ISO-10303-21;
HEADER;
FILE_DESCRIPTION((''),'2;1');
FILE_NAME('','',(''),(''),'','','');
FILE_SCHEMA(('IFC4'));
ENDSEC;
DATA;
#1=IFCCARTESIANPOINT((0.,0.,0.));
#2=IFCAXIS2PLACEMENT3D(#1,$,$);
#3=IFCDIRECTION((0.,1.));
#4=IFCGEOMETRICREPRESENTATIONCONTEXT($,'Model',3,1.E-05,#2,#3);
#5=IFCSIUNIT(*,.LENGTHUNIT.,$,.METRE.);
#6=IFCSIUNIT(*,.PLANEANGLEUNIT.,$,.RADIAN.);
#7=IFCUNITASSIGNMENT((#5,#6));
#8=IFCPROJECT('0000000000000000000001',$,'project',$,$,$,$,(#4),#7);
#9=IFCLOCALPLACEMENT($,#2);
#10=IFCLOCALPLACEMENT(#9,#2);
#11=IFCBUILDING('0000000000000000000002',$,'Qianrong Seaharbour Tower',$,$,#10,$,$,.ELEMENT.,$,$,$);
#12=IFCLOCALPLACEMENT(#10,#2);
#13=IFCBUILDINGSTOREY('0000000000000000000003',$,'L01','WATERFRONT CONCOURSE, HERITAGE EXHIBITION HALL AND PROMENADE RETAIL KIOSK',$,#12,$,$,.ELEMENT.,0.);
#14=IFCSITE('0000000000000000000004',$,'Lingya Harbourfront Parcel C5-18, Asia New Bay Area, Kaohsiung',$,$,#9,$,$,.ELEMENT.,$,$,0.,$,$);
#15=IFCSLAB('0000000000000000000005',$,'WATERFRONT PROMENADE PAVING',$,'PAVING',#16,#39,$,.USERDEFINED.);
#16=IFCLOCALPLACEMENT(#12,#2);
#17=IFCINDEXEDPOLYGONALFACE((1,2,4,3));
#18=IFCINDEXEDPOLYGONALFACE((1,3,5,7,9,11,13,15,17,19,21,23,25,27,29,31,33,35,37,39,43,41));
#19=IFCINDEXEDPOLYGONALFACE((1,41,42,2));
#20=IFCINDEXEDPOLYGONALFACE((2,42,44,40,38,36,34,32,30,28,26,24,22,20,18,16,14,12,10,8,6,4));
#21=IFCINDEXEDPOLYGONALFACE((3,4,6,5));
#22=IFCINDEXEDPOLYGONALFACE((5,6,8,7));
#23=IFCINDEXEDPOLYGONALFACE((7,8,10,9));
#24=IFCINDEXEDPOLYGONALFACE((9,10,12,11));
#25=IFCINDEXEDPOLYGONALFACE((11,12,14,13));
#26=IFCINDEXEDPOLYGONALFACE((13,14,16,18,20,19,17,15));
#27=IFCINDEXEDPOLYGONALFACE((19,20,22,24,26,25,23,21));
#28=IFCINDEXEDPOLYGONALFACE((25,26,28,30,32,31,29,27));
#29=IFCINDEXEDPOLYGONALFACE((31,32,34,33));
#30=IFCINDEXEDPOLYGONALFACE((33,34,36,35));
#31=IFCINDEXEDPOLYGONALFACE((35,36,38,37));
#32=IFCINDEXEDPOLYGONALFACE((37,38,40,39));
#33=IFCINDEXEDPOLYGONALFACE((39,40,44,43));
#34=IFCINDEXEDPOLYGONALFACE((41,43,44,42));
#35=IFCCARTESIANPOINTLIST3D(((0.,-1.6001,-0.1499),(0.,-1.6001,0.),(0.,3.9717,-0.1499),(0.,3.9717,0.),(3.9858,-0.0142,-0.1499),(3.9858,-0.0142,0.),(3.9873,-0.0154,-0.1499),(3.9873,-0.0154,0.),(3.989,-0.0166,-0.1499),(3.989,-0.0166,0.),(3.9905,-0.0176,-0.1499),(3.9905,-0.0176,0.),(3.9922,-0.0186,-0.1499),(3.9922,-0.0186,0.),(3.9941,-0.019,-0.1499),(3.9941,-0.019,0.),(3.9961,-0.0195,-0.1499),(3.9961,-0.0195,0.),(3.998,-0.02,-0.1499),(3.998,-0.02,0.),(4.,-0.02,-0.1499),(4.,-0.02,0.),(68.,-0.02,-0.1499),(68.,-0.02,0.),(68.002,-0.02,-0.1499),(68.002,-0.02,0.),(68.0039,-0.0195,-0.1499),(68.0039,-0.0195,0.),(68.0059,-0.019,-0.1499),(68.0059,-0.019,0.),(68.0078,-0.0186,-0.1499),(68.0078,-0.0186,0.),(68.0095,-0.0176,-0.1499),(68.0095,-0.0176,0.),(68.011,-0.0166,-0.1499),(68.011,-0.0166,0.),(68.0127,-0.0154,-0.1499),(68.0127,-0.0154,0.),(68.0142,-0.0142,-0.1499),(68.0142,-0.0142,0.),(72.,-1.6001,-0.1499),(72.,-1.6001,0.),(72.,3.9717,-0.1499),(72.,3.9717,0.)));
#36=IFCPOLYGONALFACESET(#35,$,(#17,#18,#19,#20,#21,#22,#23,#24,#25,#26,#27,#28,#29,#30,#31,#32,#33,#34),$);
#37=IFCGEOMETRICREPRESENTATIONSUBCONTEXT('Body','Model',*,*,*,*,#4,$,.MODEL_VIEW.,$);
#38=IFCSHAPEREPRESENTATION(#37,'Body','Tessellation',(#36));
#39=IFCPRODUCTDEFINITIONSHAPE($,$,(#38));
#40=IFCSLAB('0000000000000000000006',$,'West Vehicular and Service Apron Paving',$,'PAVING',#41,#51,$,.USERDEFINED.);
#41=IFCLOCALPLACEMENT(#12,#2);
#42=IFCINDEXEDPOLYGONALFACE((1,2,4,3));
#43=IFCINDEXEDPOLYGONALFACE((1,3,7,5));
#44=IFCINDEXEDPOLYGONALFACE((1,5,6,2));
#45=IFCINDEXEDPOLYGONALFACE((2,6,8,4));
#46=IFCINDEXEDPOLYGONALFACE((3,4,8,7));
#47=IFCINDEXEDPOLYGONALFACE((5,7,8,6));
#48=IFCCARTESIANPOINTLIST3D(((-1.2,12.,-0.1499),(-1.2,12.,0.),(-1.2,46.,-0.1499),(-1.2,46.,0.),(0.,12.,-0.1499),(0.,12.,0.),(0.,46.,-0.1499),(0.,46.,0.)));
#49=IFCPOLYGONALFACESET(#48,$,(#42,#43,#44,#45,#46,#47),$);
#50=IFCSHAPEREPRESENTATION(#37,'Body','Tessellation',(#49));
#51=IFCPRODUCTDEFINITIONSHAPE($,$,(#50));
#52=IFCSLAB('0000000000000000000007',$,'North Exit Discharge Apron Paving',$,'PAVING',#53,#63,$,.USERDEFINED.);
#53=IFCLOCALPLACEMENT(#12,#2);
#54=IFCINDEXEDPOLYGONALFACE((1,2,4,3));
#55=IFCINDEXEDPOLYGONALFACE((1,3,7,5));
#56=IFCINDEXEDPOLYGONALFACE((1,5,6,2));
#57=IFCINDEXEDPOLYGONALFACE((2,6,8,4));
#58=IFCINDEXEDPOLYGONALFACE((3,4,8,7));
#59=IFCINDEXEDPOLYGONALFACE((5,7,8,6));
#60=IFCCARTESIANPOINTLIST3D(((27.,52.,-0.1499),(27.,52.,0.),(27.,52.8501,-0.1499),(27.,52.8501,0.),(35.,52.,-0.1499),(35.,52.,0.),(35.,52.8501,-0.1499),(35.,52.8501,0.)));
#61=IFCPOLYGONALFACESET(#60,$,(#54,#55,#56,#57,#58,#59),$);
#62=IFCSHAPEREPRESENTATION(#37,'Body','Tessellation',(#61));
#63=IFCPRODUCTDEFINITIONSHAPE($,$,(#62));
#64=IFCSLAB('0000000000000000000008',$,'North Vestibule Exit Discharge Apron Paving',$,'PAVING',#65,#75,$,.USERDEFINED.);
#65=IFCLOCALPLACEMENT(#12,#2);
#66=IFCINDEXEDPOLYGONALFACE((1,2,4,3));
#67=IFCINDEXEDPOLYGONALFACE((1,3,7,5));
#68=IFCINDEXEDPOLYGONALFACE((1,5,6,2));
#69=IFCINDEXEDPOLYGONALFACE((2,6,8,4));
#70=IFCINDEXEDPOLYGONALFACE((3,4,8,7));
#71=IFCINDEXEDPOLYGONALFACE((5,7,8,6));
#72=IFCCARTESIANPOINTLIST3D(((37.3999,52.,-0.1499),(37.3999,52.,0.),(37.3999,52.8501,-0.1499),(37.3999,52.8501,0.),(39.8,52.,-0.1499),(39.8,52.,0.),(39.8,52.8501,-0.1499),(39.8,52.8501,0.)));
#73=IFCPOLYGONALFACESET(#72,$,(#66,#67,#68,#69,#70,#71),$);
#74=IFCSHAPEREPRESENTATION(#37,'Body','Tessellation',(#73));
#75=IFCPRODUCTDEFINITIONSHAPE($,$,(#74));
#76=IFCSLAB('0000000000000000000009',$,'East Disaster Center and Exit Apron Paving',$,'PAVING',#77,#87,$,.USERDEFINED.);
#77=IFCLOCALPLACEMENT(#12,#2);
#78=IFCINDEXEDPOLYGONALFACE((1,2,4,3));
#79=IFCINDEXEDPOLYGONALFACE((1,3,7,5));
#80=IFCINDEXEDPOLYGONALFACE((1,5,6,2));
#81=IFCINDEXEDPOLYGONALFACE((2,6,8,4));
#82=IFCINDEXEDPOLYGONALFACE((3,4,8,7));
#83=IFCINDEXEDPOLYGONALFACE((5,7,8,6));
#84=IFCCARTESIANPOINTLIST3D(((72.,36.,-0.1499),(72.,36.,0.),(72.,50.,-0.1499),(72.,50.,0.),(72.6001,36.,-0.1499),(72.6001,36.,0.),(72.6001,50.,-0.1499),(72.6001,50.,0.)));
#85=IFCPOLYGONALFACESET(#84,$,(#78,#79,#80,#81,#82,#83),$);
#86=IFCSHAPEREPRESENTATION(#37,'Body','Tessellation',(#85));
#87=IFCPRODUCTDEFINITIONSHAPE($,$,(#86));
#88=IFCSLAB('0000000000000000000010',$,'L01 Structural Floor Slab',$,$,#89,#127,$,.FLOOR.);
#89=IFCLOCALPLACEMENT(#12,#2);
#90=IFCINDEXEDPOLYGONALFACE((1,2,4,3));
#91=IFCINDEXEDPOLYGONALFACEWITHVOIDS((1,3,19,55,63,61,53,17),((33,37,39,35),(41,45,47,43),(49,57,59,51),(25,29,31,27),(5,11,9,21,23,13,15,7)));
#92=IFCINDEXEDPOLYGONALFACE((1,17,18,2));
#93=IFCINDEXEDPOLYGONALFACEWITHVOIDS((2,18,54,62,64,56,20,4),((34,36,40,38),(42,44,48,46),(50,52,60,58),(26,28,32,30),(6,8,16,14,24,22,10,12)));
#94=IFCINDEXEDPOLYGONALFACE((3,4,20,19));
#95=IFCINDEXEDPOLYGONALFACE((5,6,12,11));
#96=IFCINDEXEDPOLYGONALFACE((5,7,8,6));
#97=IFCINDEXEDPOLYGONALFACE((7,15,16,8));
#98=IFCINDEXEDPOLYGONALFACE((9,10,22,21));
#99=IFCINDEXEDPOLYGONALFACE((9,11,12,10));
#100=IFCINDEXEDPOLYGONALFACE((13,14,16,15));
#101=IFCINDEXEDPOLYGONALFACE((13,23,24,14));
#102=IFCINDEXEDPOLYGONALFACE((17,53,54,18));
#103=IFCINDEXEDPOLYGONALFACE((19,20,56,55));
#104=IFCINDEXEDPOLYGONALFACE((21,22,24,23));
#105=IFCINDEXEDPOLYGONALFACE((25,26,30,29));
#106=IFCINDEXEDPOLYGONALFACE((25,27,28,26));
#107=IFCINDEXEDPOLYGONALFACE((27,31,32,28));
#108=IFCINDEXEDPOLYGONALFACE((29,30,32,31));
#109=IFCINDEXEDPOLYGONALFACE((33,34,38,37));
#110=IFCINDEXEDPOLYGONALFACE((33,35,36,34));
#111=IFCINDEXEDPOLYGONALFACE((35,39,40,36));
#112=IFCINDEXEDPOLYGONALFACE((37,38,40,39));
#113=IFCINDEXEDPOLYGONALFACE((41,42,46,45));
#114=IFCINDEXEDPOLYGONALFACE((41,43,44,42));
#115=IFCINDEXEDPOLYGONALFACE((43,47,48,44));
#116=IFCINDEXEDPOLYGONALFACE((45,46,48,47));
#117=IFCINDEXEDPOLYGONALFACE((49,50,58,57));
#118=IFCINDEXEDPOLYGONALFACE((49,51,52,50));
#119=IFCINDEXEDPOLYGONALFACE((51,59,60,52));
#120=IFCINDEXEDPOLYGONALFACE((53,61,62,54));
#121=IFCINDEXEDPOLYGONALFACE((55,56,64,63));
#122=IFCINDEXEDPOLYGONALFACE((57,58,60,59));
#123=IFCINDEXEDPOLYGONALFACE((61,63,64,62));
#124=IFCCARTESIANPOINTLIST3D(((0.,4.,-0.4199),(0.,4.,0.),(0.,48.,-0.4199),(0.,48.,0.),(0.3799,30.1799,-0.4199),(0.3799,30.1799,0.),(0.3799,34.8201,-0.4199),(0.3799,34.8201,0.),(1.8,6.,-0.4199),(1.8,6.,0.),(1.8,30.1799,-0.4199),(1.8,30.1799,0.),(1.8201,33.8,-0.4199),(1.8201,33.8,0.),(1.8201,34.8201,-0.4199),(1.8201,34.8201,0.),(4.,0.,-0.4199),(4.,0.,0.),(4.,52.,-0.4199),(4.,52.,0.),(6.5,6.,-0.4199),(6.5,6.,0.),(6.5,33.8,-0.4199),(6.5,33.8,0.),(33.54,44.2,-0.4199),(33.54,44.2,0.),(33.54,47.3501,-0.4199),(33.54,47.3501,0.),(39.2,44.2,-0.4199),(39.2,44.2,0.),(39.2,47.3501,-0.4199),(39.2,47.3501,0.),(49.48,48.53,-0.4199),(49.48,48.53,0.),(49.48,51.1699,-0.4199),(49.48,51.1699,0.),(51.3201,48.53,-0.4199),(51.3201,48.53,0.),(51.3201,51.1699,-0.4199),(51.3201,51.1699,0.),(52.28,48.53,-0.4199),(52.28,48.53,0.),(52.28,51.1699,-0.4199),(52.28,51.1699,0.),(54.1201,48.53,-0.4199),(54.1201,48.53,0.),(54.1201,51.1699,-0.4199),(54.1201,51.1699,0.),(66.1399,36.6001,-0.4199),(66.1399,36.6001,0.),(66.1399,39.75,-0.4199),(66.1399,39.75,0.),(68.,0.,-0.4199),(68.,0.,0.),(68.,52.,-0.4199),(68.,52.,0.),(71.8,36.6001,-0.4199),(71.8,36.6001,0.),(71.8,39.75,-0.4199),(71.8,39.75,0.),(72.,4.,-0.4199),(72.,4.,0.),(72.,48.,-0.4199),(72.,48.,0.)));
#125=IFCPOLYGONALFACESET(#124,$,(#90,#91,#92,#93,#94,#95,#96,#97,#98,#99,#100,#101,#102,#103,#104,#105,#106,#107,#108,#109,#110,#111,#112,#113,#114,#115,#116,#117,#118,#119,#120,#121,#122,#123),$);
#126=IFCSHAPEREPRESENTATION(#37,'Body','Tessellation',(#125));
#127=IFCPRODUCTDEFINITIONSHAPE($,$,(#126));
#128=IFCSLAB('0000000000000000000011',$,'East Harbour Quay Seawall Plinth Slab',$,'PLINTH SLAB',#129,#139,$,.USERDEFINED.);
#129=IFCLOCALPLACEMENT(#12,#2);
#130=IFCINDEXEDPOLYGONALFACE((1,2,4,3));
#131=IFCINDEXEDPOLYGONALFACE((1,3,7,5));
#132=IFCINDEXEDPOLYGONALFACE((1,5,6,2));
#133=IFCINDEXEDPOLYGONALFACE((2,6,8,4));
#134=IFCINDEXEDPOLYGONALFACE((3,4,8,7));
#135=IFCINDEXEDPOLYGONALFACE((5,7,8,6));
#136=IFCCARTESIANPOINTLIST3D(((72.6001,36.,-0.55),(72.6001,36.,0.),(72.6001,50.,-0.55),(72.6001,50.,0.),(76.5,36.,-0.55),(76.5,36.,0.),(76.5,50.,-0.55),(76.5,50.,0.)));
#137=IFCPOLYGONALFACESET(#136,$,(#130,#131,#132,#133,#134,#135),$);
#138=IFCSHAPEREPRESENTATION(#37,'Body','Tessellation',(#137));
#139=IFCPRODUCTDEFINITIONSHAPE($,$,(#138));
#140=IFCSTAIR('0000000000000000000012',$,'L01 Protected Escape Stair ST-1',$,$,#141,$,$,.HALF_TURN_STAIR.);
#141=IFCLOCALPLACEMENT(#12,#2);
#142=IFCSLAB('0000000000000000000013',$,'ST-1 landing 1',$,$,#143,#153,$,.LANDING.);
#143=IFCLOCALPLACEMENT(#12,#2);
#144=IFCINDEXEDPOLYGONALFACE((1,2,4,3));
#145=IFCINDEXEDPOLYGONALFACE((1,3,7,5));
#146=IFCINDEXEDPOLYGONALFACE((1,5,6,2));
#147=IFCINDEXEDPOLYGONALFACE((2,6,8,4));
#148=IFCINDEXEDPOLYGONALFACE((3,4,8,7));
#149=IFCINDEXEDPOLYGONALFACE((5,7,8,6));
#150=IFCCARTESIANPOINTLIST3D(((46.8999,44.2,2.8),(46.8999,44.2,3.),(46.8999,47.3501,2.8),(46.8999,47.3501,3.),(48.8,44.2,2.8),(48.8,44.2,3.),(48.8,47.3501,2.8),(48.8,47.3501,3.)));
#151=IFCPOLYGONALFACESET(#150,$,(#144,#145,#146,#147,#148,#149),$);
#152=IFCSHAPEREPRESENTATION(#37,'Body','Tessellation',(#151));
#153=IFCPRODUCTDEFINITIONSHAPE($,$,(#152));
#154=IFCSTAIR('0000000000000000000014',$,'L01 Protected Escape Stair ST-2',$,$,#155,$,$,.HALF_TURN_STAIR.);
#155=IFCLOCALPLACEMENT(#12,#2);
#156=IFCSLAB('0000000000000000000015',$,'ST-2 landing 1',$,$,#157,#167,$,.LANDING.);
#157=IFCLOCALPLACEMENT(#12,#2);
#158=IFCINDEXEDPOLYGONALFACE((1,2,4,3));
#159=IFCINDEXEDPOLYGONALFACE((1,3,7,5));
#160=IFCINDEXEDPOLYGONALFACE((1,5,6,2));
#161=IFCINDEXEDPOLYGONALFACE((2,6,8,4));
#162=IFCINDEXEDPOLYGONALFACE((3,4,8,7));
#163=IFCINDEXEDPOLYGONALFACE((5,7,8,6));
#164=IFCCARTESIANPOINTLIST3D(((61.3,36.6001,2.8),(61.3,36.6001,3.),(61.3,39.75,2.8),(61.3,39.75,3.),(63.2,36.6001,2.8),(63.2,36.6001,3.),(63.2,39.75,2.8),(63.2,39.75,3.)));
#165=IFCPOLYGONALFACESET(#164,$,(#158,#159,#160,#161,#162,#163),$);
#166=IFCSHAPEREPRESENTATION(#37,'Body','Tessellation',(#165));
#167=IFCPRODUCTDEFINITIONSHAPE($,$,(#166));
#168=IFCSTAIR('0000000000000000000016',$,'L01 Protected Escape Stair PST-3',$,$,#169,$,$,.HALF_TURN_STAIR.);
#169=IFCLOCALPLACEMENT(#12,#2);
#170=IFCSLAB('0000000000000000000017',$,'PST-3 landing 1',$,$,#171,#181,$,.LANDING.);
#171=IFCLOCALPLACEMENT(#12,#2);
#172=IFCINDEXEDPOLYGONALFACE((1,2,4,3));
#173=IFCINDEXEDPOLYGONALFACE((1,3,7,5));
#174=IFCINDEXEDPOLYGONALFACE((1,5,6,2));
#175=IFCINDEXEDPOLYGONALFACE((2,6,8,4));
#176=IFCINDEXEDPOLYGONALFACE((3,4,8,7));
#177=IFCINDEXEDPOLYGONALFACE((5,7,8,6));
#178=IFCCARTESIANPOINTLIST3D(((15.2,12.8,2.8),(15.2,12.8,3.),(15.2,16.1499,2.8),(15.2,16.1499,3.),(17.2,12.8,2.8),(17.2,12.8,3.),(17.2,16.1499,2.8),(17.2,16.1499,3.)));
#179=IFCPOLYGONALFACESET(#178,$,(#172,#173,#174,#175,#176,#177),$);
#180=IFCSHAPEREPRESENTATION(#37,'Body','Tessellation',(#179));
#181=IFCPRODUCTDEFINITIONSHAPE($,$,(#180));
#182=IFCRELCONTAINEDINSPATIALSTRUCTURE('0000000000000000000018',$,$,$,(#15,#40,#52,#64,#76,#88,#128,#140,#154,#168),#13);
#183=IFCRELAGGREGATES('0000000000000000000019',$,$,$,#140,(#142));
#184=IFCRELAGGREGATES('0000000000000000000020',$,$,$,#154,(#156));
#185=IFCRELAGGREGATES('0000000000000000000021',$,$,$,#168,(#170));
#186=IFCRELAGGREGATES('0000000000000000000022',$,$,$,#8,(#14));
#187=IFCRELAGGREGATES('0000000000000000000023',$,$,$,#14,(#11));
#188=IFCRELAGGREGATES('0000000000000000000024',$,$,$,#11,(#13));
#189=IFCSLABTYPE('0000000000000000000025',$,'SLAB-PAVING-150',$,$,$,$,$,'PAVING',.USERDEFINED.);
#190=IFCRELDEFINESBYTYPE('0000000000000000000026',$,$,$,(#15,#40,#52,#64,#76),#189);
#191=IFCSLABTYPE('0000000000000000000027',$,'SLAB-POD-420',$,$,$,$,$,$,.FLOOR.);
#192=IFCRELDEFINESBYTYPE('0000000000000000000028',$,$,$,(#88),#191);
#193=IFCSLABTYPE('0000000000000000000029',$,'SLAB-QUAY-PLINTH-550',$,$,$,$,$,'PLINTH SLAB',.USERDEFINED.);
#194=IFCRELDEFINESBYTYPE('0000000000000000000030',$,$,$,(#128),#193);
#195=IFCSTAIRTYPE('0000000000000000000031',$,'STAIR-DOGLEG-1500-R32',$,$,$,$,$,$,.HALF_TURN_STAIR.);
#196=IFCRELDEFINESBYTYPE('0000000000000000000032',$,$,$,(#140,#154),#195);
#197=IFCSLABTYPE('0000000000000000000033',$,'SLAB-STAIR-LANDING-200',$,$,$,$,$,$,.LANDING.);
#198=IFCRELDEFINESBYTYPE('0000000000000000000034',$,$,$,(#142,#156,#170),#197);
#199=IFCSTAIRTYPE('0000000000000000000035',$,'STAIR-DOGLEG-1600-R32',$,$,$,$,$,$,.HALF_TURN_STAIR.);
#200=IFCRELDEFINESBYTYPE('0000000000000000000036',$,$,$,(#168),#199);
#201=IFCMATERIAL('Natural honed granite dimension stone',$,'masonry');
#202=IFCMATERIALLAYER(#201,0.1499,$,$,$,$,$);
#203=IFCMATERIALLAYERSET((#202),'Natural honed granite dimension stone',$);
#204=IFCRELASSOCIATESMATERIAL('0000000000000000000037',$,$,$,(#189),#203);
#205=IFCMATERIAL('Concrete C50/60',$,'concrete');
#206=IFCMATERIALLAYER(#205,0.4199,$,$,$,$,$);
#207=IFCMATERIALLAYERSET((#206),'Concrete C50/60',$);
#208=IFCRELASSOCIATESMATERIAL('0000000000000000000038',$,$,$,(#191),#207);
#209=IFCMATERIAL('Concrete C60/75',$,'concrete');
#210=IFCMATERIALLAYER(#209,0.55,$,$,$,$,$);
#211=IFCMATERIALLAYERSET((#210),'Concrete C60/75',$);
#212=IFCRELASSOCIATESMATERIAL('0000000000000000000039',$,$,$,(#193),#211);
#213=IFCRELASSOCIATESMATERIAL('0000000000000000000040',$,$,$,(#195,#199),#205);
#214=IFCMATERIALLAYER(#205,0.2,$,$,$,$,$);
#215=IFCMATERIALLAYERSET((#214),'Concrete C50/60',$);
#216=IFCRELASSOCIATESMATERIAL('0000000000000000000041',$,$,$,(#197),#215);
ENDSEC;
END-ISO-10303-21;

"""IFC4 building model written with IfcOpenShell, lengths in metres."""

from ifc_helpers import new_model, si_unit, direction, frame, origin, place, context, subcontext, project, spatial, polyline, outline, extrude, material, layer, layer_set, type_object, element, aggregate, save


model = new_model("IFC4")

# Units and contexts
model_context = context("Model", 3, precision=1e-05, world=origin(), true_north=direction((0.0, 1.0)))
body_context = subcontext(model_context, "Body", "Model", "MODEL_VIEW")
ifc_project = project(units=[si_unit("LENGTHUNIT", "METRE"), si_unit("PLANEANGLEUNIT", "RADIAN")], contexts=[model_context])

# Site, building, storey
site_placement = place(None, origin())
site = spatial("IfcSite", under=ifc_project, at=site_placement, Name="Lingya Harbourfront Parcel C5-18, Asia New Bay Area, Kaohsiung", CompositionType="ELEMENT", RefElevation=0.0)
building_placement = place(site_placement, origin())
building = spatial("IfcBuilding", under=site, at=building_placement, Name="Qianrong Seaharbour Tower", CompositionType="ELEMENT")
storey_placement = place(building_placement, origin())
storey = spatial("IfcBuildingStorey", under=building, at=storey_placement, Name="L01", Description="WATERFRONT CONCOURSE, HERITAGE EXHIBITION HALL AND PROMENADE RETAIL KIOSK", CompositionType="ELEMENT", Elevation=0.0)

# Slabs
ifc_material_1 = material(Name="Natural honed granite dimension stone", Category="masonry")
ifc_layer_1 = layer(ifc_material_1, 0.1499)
ifc_layer_set_1 = layer_set([ifc_layer_1], Name="Natural honed granite dimension stone")
slab_type_1 = type_object("IfcSlabType", Name="SLAB-PAVING-150", ElementType="PAVING", PredefinedType="USERDEFINED", material=ifc_layer_set_1)
slab_1_placement = place(storey_placement, frame((0.0, 0.0, -0.1499)))
element("IfcSlab", 1, at=slab_1_placement, inside=storey, type_object=slab_type_1, Name="WATERFRONT PROMENADE PAVING", ObjectType="PAVING", PredefinedType="USERDEFINED", context=body_context, shape_type="SweptSolid", body=[
    extrude(outline(polyline([(72.0, -1.6001), (0.0, -1.6001), (0.0, 3.9717), (3.9858, -0.0142), (3.9873, -0.0154), (3.989, -0.0166), (3.9905, -0.0176), (3.9922, -0.0186), (3.9941, -0.019), (3.9961, -0.0195), (3.998, -0.02), (4.0, -0.02), (68.0, -0.02), (68.002, -0.02), (68.0039, -0.0195), (68.0059, -0.019), (68.0078, -0.0186), (68.0095, -0.0176), (68.011, -0.0166), (68.0127, -0.0154), (68.0142, -0.0142), (72.0, 3.9717), (72.0, -1.6001)])), origin(), (0.0, 0.0, 1.0), 0.1499),
])
slab_2_placement = place(storey_placement, frame((0.0, 0.0, -0.1499)))
element("IfcSlab", 2, at=slab_2_placement, inside=storey, type_object=slab_type_1, Name="West Vehicular and Service Apron Paving", ObjectType="PAVING", PredefinedType="USERDEFINED", context=body_context, shape_type="SweptSolid", body=[
    extrude(outline(polyline([(-1.2, 12.0), (0.0, 12.0), (0.0, 46.0), (-1.2, 46.0), (-1.2, 12.0)])), origin(), (0.0, 0.0, 1.0), 0.1499),
])
slab_3_placement = place(storey_placement, frame((0.0, 0.0, -0.1499)))
element("IfcSlab", 3, at=slab_3_placement, inside=storey, type_object=slab_type_1, Name="North Exit Discharge Apron Paving", ObjectType="PAVING", PredefinedType="USERDEFINED", context=body_context, shape_type="SweptSolid", body=[
    extrude(outline(polyline([(27.0, 52.0), (35.0, 52.0), (35.0, 52.8501), (27.0, 52.8501), (27.0, 52.0)])), origin(), (0.0, 0.0, 1.0), 0.1499),
])
slab_4_placement = place(storey_placement, frame((0.0, 0.0, -0.1499)))
element("IfcSlab", 4, at=slab_4_placement, inside=storey, type_object=slab_type_1, Name="North Vestibule Exit Discharge Apron Paving", ObjectType="PAVING", PredefinedType="USERDEFINED", context=body_context, shape_type="SweptSolid", body=[
    extrude(outline(polyline([(37.3999, 52.0), (39.8, 52.0), (39.8, 52.8501), (37.3999, 52.8501), (37.3999, 52.0)])), origin(), (0.0, 0.0, 1.0), 0.1499),
])
slab_5_placement = place(storey_placement, frame((0.0, 0.0, -0.1499)))
element("IfcSlab", 5, at=slab_5_placement, inside=storey, type_object=slab_type_1, Name="East Disaster Center and Exit Apron Paving", ObjectType="PAVING", PredefinedType="USERDEFINED", context=body_context, shape_type="SweptSolid", body=[
    extrude(outline(polyline([(72.0, 36.0), (72.6001, 36.0), (72.6001, 50.0), (72.0, 50.0), (72.0, 36.0)])), origin(), (0.0, 0.0, 1.0), 0.1499),
])
ifc_material_2 = material(Name="Concrete C50/60", Category="concrete")
ifc_layer_2 = layer(ifc_material_2, 0.4199)
ifc_layer_set_2 = layer_set([ifc_layer_2], Name="Concrete C50/60")
slab_type_2 = type_object("IfcSlabType", Name="SLAB-POD-420", PredefinedType="FLOOR", material=ifc_layer_set_2)
slab_6_placement = place(storey_placement, frame((0.0, 0.0, -0.4199)))
element("IfcSlab", 6, at=slab_6_placement, inside=storey, type_object=slab_type_2, Name="L01 Structural Floor Slab", PredefinedType="FLOOR", context=body_context, shape_type="SweptSolid", body=[
    extrude(outline(polyline([(4.0, 0.0), (68.0, 0.0), (72.0, 4.0), (72.0, 48.0), (68.0, 52.0), (4.0, 52.0), (0.0, 48.0), (0.0, 4.0), (4.0, 0.0)]), holes=[polyline([(33.54, 44.2), (33.54, 47.3501), (39.2, 47.3501), (39.2, 44.2), (33.54, 44.2)]), polyline([(66.1399, 36.6001), (66.1399, 39.75), (71.8, 39.75), (71.8, 36.6001), (66.1399, 36.6001)]), polyline([(49.48, 48.53), (49.48, 51.1699), (51.3201, 51.1699), (51.3201, 48.53), (49.48, 48.53)]), polyline([(52.28, 48.53), (52.28, 51.1699), (54.1201, 51.1699), (54.1201, 48.53), (52.28, 48.53)]), polyline([(0.3799, 30.1799), (1.8, 30.1799), (1.8, 6.0), (6.5, 6.0), (6.5, 33.8), (1.8201, 33.8), (1.8201, 34.8201), (0.3799, 34.8201), (0.3799, 30.1799)])]), origin(), (0.0, 0.0, 1.0), 0.4199),
])
ifc_material_3 = material(Name="Concrete C60/75", Category="concrete")
ifc_layer_3 = layer(ifc_material_3, 0.55)
ifc_layer_set_3 = layer_set([ifc_layer_3], Name="Concrete C60/75")
slab_type_3 = type_object("IfcSlabType", Name="SLAB-QUAY-PLINTH-550", ElementType="PLINTH SLAB", PredefinedType="USERDEFINED", material=ifc_layer_set_3)
slab_7_placement = place(storey_placement, frame((0.0, 0.0, -0.55)))
element("IfcSlab", 7, at=slab_7_placement, inside=storey, type_object=slab_type_3, Name="East Harbour Quay Seawall Plinth Slab", ObjectType="PLINTH SLAB", PredefinedType="USERDEFINED", context=body_context, shape_type="SweptSolid", body=[
    extrude(outline(polyline([(72.6001, 36.0), (76.5, 36.0), (76.5, 50.0), (72.6001, 50.0), (72.6001, 36.0)])), origin(), (0.0, 0.0, 1.0), 0.55),
])

# Stairs, slabs
stair_type_1 = type_object("IfcStairType", Name="STAIR-DOGLEG-1500-R32", PredefinedType="HALF_TURN_STAIR", material=ifc_material_2)
stair_1_placement = place(storey_placement, origin())
stair_1 = element("IfcStair", 8, at=stair_1_placement, inside=storey, type_object=stair_type_1, Name="L01 Protected Escape Stair ST-1", PredefinedType="HALF_TURN_STAIR")
ifc_layer_4 = layer(ifc_material_2, 0.2)
ifc_layer_set_4 = layer_set([ifc_layer_4], Name="Concrete C50/60")
slab_type_4 = type_object("IfcSlabType", Name="SLAB-STAIR-LANDING-200", PredefinedType="LANDING", material=ifc_layer_set_4)
slab_8_placement = place(storey_placement, frame((0.0, 0.0, 2.8)))
slab_8 = element("IfcSlab", 9, at=slab_8_placement, type_object=slab_type_4, Name="ST-1 landing 1", PredefinedType="LANDING", context=body_context, shape_type="SweptSolid", body=[
    extrude(outline(polyline([(46.8999, 44.2), (48.8, 44.2), (48.8, 47.3501), (46.8999, 47.3501), (46.8999, 44.2)])), origin(), (0.0, 0.0, 1.0), 0.2),
])
aggregate(stair_1, [slab_8])
stair_2_placement = place(storey_placement, origin())
stair_2 = element("IfcStair", 10, at=stair_2_placement, inside=storey, type_object=stair_type_1, Name="L01 Protected Escape Stair ST-2", PredefinedType="HALF_TURN_STAIR")
slab_9_placement = place(storey_placement, frame((0.0, 0.0, 2.8)))
slab_9 = element("IfcSlab", 11, at=slab_9_placement, type_object=slab_type_4, Name="ST-2 landing 1", PredefinedType="LANDING", context=body_context, shape_type="SweptSolid", body=[
    extrude(outline(polyline([(61.3, 36.6001), (63.2, 36.6001), (63.2, 39.75), (61.3, 39.75), (61.3, 36.6001)])), origin(), (0.0, 0.0, 1.0), 0.2),
])
aggregate(stair_2, [slab_9])
stair_type_2 = type_object("IfcStairType", Name="STAIR-DOGLEG-1600-R32", PredefinedType="HALF_TURN_STAIR", material=ifc_material_2)
stair_3_placement = place(storey_placement, origin())
stair_3 = element("IfcStair", 12, at=stair_3_placement, inside=storey, type_object=stair_type_2, Name="L01 Protected Escape Stair PST-3", PredefinedType="HALF_TURN_STAIR")
slab_10_placement = place(storey_placement, frame((0.0, 0.0, 2.8)))
slab_10 = element("IfcSlab", 13, at=slab_10_placement, type_object=slab_type_4, Name="PST-3 landing 1", PredefinedType="LANDING", context=body_context, shape_type="SweptSolid", body=[
    extrude(outline(polyline([(15.2, 12.8), (17.2, 12.8), (17.2, 16.1499), (15.2, 16.1499), (15.2, 12.8)])), origin(), (0.0, 0.0, 1.0), 0.2),
])
aggregate(stair_3, [slab_10])

save(model, "model.ifc")
